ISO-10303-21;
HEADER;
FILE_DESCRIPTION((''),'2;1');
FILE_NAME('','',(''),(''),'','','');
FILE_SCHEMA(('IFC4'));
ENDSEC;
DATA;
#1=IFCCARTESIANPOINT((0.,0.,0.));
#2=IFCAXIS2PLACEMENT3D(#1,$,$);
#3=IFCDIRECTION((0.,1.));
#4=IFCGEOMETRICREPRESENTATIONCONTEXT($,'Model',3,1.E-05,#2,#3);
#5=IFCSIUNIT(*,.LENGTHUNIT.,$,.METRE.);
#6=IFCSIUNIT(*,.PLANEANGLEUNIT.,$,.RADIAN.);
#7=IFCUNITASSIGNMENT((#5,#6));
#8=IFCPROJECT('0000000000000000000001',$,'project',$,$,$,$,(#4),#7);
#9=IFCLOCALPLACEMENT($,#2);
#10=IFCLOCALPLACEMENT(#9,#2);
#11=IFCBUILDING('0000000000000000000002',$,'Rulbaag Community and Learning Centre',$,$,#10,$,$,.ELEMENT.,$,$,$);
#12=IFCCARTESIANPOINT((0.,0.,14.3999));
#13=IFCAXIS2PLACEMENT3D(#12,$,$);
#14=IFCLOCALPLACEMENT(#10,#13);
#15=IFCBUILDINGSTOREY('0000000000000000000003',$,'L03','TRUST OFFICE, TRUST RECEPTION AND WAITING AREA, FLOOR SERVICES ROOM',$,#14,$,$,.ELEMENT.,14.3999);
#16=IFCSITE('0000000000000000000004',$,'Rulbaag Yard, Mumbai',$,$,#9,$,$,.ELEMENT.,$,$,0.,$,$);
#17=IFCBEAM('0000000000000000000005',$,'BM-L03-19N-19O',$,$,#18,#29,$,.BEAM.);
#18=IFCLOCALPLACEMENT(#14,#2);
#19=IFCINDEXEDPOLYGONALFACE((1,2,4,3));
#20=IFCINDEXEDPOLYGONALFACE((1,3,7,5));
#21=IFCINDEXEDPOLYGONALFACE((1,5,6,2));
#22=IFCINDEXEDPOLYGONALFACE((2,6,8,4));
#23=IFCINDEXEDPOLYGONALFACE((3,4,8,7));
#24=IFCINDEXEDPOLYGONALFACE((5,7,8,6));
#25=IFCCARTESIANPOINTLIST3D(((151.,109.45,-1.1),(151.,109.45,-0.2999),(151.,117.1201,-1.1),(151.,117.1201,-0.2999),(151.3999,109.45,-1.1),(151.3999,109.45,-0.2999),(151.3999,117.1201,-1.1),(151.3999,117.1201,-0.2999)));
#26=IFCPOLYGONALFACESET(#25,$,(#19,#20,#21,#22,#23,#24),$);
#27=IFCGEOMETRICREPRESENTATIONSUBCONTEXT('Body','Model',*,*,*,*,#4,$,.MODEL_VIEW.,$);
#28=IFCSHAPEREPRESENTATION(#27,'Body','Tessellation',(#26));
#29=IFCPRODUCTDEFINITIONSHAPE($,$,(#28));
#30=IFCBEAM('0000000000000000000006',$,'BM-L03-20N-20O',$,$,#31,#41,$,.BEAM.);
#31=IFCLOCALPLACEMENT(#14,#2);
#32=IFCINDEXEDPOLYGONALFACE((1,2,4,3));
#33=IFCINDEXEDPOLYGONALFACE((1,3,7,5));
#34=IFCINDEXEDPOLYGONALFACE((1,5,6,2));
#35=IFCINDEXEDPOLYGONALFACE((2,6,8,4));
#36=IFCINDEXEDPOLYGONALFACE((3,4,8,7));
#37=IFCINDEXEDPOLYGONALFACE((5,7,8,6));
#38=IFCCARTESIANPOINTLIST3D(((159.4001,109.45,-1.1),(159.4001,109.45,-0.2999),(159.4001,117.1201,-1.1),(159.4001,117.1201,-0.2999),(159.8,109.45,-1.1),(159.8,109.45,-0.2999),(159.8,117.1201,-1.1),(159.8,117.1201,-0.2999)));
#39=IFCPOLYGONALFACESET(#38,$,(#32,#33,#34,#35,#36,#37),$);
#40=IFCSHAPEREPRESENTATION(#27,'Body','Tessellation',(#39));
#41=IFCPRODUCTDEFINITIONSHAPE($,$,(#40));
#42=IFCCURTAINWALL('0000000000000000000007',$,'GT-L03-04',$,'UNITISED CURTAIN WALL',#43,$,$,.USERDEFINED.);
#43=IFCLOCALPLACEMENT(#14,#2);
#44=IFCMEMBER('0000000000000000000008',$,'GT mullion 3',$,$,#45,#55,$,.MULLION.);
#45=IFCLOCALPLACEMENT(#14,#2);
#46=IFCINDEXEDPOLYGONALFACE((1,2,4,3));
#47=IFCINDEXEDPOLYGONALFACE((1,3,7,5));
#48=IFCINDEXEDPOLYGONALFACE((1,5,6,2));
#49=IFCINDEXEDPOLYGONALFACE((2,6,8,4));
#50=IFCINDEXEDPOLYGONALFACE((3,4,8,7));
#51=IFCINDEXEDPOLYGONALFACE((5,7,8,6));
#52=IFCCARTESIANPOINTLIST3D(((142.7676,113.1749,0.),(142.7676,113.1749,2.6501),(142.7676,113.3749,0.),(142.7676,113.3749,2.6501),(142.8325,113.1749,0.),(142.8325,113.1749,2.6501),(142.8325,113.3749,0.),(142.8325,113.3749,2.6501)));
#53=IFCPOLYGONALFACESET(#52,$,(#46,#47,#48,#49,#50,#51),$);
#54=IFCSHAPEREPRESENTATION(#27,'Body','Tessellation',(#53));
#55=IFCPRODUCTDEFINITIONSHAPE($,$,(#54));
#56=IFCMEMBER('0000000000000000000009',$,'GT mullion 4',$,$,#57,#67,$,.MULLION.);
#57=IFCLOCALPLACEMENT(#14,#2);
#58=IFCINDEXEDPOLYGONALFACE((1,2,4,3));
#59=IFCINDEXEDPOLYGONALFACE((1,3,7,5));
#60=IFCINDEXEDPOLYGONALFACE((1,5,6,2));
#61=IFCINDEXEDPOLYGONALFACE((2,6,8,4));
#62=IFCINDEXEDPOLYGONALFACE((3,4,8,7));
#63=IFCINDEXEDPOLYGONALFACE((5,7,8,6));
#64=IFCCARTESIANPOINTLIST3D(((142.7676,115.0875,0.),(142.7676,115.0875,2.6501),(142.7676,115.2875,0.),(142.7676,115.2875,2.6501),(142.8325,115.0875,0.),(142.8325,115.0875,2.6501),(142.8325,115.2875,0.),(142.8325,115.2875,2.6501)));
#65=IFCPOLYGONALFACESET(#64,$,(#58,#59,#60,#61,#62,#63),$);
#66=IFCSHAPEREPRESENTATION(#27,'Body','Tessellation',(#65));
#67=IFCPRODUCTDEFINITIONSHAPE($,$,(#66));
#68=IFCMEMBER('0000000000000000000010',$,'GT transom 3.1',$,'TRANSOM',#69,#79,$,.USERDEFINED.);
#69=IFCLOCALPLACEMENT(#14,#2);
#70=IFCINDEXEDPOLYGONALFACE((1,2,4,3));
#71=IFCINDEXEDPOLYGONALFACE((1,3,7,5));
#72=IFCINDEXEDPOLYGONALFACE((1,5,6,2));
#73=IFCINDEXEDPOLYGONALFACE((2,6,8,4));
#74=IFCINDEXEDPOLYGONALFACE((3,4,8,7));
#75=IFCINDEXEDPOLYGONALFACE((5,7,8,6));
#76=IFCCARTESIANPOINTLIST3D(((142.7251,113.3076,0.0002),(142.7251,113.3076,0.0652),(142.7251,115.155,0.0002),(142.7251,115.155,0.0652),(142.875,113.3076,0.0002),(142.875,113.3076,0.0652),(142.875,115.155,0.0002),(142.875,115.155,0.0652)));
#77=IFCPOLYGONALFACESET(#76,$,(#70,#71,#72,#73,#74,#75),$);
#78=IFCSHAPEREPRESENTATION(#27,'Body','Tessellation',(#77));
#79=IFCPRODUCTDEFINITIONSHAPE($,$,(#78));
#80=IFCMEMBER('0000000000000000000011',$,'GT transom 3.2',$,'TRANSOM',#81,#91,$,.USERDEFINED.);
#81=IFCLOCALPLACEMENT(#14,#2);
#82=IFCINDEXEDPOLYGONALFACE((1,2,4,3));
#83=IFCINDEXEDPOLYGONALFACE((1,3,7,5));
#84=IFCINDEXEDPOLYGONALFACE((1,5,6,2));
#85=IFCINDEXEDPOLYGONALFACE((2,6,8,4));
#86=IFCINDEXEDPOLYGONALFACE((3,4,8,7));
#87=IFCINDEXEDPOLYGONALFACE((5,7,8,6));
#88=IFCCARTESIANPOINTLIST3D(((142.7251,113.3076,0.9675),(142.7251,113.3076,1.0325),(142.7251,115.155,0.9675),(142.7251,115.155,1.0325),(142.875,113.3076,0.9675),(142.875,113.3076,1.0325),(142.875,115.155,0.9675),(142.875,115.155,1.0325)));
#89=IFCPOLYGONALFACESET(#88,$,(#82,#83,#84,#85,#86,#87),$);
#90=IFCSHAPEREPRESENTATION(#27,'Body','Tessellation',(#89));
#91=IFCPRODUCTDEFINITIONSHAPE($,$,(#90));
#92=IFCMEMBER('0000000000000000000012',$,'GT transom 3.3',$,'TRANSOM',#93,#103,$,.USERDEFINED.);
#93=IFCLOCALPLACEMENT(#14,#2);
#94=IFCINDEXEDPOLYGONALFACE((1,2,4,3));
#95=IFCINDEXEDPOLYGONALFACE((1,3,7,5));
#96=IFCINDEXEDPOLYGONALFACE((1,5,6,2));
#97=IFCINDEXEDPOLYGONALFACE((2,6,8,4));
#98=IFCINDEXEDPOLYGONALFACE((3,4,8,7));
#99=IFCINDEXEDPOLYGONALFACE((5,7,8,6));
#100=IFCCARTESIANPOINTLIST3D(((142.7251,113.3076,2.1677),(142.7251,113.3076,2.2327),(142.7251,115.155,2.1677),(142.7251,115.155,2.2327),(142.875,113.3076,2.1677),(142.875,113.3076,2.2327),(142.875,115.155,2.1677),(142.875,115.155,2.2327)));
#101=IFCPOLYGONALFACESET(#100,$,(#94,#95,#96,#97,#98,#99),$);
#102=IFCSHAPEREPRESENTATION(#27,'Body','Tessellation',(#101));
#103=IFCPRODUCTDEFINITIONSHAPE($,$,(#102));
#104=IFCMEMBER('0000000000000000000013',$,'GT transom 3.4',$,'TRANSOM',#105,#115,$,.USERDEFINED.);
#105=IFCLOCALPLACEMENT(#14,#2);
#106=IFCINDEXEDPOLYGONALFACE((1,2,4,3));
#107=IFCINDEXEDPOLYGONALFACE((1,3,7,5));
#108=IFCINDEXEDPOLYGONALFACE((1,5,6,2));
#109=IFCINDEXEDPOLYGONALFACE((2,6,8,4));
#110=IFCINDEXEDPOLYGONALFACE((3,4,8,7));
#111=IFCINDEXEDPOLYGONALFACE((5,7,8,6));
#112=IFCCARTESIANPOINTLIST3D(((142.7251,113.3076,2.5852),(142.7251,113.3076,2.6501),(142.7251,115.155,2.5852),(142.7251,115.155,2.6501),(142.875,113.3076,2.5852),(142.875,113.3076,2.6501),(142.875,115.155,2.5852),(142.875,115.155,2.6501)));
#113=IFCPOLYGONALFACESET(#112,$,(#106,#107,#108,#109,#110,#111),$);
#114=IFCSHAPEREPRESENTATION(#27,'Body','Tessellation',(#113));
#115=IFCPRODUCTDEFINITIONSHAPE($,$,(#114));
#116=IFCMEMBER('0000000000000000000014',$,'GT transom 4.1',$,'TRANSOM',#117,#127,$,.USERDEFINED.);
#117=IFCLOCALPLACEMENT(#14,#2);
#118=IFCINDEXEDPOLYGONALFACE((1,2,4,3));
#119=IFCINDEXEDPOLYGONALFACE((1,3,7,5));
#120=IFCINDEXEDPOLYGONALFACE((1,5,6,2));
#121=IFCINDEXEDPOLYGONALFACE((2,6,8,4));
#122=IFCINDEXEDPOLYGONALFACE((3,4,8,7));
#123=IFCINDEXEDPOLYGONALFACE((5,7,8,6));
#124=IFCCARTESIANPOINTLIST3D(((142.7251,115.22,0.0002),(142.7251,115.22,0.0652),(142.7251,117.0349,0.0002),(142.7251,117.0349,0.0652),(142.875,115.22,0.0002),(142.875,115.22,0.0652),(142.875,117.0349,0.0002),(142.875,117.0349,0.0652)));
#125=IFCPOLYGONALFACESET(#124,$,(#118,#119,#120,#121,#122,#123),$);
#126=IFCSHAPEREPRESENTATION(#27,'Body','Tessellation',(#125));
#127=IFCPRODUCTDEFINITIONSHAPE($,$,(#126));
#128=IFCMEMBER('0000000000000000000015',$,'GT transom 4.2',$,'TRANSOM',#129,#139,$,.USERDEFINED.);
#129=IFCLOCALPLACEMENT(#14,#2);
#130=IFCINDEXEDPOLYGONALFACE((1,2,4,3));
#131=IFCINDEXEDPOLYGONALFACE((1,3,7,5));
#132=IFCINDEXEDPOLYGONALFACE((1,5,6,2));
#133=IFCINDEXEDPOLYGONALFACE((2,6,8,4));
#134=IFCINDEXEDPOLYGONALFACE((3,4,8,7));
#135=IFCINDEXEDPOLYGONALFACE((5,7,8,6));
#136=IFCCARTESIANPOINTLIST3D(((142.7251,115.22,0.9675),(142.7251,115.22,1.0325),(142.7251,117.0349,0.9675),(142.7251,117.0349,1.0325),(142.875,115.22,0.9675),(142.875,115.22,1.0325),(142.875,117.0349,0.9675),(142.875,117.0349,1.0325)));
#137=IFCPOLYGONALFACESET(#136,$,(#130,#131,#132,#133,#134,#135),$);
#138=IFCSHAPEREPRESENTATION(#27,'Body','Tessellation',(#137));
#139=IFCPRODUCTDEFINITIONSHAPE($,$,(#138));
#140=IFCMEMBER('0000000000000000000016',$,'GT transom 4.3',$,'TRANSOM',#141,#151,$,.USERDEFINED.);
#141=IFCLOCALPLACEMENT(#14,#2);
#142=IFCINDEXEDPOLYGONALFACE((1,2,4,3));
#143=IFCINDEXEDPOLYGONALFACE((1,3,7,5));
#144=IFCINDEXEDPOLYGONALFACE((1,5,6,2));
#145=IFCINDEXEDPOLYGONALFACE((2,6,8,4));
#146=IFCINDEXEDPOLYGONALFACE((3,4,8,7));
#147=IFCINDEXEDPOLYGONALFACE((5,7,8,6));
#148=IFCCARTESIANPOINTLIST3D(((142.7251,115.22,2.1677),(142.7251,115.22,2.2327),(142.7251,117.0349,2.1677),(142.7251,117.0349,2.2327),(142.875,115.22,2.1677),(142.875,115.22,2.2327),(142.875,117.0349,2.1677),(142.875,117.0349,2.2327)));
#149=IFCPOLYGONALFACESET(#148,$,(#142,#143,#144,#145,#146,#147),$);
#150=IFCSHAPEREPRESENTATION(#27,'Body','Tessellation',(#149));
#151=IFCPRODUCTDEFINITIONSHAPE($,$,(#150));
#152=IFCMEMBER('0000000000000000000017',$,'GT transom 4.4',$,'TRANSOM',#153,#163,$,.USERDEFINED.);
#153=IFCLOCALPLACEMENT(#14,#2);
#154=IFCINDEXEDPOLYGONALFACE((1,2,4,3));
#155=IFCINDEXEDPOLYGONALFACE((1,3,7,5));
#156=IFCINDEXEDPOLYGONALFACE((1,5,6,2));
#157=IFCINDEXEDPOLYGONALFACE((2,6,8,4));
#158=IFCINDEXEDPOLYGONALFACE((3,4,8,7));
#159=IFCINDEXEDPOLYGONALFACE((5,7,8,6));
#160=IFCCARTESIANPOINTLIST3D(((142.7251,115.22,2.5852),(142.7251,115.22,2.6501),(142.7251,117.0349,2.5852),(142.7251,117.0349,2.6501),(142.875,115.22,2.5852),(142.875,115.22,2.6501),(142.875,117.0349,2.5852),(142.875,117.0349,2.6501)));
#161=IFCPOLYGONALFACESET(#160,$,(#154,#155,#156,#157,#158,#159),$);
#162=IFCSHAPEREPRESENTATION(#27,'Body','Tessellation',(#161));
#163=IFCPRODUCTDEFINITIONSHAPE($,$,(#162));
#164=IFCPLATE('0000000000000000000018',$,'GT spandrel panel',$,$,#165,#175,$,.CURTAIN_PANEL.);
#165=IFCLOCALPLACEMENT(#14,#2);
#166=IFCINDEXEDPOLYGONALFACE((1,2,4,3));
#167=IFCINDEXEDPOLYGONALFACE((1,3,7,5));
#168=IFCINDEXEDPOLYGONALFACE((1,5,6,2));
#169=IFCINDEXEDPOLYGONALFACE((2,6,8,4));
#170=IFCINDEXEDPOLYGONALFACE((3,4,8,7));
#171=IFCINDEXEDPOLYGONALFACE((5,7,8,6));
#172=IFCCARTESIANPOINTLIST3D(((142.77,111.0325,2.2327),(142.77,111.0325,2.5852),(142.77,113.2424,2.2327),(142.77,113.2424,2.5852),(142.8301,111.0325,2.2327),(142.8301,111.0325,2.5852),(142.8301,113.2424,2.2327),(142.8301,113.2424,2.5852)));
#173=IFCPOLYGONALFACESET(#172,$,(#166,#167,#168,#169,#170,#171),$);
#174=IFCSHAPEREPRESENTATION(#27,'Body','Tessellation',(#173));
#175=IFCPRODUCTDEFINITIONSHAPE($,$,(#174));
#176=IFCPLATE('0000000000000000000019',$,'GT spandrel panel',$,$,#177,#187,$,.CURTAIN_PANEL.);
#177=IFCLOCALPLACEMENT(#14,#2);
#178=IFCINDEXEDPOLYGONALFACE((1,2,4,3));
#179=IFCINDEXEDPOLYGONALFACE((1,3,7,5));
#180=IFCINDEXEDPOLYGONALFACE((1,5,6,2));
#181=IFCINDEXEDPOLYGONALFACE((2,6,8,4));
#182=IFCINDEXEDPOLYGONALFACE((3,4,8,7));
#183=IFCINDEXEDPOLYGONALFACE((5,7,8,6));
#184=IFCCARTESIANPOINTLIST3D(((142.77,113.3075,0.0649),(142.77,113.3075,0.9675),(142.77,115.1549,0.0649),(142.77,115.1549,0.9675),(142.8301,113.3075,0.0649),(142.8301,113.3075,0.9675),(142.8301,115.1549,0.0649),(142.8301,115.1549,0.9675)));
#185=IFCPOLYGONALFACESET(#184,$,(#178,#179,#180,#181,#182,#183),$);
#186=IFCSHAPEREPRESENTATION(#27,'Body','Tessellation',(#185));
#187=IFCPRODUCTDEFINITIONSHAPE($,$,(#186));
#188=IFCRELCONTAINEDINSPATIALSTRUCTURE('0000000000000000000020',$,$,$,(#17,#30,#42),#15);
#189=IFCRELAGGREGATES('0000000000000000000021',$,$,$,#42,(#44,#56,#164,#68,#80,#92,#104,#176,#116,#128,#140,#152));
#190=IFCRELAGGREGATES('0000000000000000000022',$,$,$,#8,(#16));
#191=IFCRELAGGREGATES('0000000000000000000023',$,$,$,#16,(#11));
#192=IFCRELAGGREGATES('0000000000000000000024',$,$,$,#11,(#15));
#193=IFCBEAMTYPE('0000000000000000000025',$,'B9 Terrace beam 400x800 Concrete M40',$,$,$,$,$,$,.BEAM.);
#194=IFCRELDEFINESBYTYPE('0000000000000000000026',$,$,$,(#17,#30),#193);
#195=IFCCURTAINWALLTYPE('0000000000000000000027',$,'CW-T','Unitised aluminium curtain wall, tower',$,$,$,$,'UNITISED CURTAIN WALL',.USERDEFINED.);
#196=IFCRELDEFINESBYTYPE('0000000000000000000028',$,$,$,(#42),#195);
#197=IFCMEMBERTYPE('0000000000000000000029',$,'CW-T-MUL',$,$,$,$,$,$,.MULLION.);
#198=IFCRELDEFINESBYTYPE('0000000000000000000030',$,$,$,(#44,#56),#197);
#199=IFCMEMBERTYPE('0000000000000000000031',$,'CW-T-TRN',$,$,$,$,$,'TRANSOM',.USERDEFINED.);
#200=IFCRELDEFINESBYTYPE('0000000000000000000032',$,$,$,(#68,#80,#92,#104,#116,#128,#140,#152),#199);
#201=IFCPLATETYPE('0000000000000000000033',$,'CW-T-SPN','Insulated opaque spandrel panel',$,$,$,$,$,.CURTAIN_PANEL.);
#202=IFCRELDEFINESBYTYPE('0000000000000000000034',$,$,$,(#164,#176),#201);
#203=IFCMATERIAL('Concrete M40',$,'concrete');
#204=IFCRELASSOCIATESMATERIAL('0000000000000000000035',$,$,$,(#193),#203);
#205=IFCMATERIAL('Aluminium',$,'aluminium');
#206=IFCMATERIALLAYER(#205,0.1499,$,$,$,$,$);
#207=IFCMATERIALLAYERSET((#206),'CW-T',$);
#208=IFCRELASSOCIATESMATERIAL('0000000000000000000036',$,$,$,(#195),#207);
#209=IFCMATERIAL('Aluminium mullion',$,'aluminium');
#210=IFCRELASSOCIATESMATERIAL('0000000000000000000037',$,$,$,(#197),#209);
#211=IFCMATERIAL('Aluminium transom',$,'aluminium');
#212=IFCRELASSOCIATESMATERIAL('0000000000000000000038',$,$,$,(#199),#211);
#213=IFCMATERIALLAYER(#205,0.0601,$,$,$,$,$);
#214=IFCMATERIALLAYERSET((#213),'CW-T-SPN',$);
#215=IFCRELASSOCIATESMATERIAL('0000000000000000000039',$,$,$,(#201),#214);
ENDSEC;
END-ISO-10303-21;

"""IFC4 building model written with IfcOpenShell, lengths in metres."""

from ifc_helpers import new_model, si_unit, direction, frame, origin, origin_2d, place, context, subcontext, project, spatial, rectangle, extrude, material, layer, layer_set, material_profile, profile_set, type_object, element, aggregate, save


model = new_model("IFC4")

# Units and contexts
model_context = context("Model", 3, precision=1e-05, world=origin(), true_north=direction((0.0, 1.0)))
body_context = subcontext(model_context, "Body", "Model", "MODEL_VIEW")
ifc_project = project(units=[si_unit("LENGTHUNIT", "METRE"), si_unit("PLANEANGLEUNIT", "RADIAN")], contexts=[model_context])

# Site, building, storey
site_placement = place(None, origin())
site = spatial("IfcSite", under=ifc_project, at=site_placement, Name="Rulbaag Yard, Mumbai", CompositionType="ELEMENT", RefElevation=0.0)
building_placement = place(site_placement, origin())
building = spatial("IfcBuilding", under=site, at=building_placement, Name="Rulbaag Community and Learning Centre", CompositionType="ELEMENT")
storey_placement = place(building_placement, frame((0.0, 0.0, 14.3999)))
storey = spatial("IfcBuildingStorey", under=building, at=storey_placement, Name="L03", Description="TRUST OFFICE, TRUST RECEPTION AND WAITING AREA, FLOOR SERVICES ROOM", CompositionType="ELEMENT", Elevation=14.3999)

# Beams
ifc_material_1 = material(Name="Concrete M40", Category="concrete")
ifc_material_profile_1 = material_profile(ifc_material_1, rectangle(XDim=0.3999, YDim=0.8, at=origin_2d()), Name="RB400x800")
ifc_profile_set_1 = profile_set([ifc_material_profile_1], Name="Concrete M40")
beam_type = type_object("IfcBeamType", Name="B9 Terrace beam 400x800 Concrete M40", PredefinedType="BEAM", material=ifc_profile_set_1)
for number, where, z_axis, x_axis, name in (
    (1, (151.2, 109.45, -0.7), (0.0, 1.0, 0.0), (-1.0, 0.0, 0.0), "BM-L03-19N-19O"),
    (2, (159.6001, 109.45, -0.7), (0.0, 1.0, 0.0), (-1.0, 0.0, 0.0), "BM-L03-20N-20O"),
):
    element("IfcBeam", number, at=place(storey_placement, frame(where, z_axis=z_axis, x_axis=x_axis)), inside=storey, type_object=beam_type, Name=name, PredefinedType="BEAM", context=body_context, shape_type="SweptSolid", body=[
        extrude(rectangle(XDim=0.3999, YDim=0.8, at=origin_2d()), origin(), (0.0, 0.0, 1.0), 7.6702),
    ])

# Curtain wall, members, plates
ifc_material_2 = material(Name="Aluminium", Category="aluminium")
ifc_layer_1 = layer(ifc_material_2, 0.1499)
ifc_layer_set_1 = layer_set([ifc_layer_1], Name="CW-T")
curtain_wall_type = type_object("IfcCurtainWallType", Name="CW-T", Description="Unitised aluminium curtain wall, tower", ElementType="UNITISED CURTAIN WALL", PredefinedType="USERDEFINED", material=ifc_layer_set_1)
curtain_wall_placement = place(storey_placement, origin())
curtain_wall = element("IfcCurtainWall", 3, at=curtain_wall_placement, inside=storey, type_object=curtain_wall_type, Name="GT-L03-04", ObjectType="UNITISED CURTAIN WALL", PredefinedType="USERDEFINED")
ifc_material_3 = material(Name="Aluminium mullion", Category="aluminium")
ifc_material_profile_2 = material_profile(ifc_material_3, rectangle(XDim=0.0649, YDim=0.2, at=origin_2d()), Name="AL 65x200")
ifc_profile_set_2 = profile_set([ifc_material_profile_2], Name="Aluminium mullion")
member_type_1 = type_object("IfcMemberType", Name="CW-T-MUL", PredefinedType="MULLION", material=ifc_profile_set_2)
member_1_placement = place(storey_placement, frame((142.8, 113.2749, 0.0), z_axis=(0.0, 0.0, 1.0), x_axis=(-1.0, 0.0, 0.0)))
member_1 = element("IfcMember", 4, at=member_1_placement, type_object=member_type_1, Name="GT mullion 3", PredefinedType="MULLION", context=body_context, shape_type="SweptSolid", body=[
    extrude(rectangle(XDim=0.0649, YDim=0.2, at=origin_2d()), origin(), (0.0, 0.0, 1.0), 2.6501),
])
member_2_placement = place(storey_placement, frame((142.8, 115.1875, 0.0), z_axis=(0.0, 0.0, 1.0), x_axis=(-1.0, 0.0, 0.0)))
member_2 = element("IfcMember", 5, at=member_2_placement, type_object=member_type_1, Name="GT mullion 4", PredefinedType="MULLION", context=body_context, shape_type="SweptSolid", body=[
    extrude(rectangle(XDim=0.0649, YDim=0.2, at=origin_2d()), origin(), (0.0, 0.0, 1.0), 2.6501),
])
ifc_material_4 = material(Name="Aluminium transom", Category="aluminium")
ifc_material_profile_3 = material_profile(ifc_material_4, rectangle(XDim=0.1499, YDim=0.0649, at=origin_2d()), Name="AL 65x150 T")
ifc_profile_set_3 = profile_set([ifc_material_profile_3], Name="Aluminium transom")
member_type_2 = type_object("IfcMemberType", Name="CW-T-TRN", ElementType="TRANSOM", PredefinedType="USERDEFINED", material=ifc_profile_set_3)
member_3_placement = place(storey_placement, frame((142.8, 113.3076, 0.0327), z_axis=(0.0, 1.0, 0.0), x_axis=(-1.0, 0.0, 0.0)))
member_3 = element("IfcMember", 6, at=member_3_placement, type_object=member_type_2, Name="GT transom 3.1", ObjectType="TRANSOM", PredefinedType="USERDEFINED", context=body_context, shape_type="SweptSolid", body=[
    extrude(rectangle(XDim=0.1499, YDim=0.0649, at=origin_2d()), origin(), (0.0, 0.0, 1.0), 1.8474),
])
member_4_placement = place(storey_placement, frame((142.8, 113.3076, 1.0), z_axis=(0.0, 1.0, 0.0), x_axis=(-1.0, 0.0, 0.0)))
member_4 = element("IfcMember", 7, at=member_4_placement, type_object=member_type_2, Name="GT transom 3.2", ObjectType="TRANSOM", PredefinedType="USERDEFINED", context=body_context, shape_type="SweptSolid", body=[
    extrude(rectangle(XDim=0.1499, YDim=0.0649, at=origin_2d()), origin(), (0.0, 0.0, 1.0), 1.8474),
])
member_5_placement = place(storey_placement, frame((142.8, 113.3076, 2.2002), z_axis=(0.0, 1.0, 0.0), x_axis=(-1.0, 0.0, 0.0)))
member_5 = element("IfcMember", 8, at=member_5_placement, type_object=member_type_2, Name="GT transom 3.3", ObjectType="TRANSOM", PredefinedType="USERDEFINED", context=body_context, shape_type="SweptSolid", body=[
    extrude(rectangle(XDim=0.1499, YDim=0.0649, at=origin_2d()), origin(), (0.0, 0.0, 1.0), 1.8474),
])
member_6_placement = place(storey_placement, frame((142.8, 113.3076, 2.6177), z_axis=(0.0, 1.0, 0.0), x_axis=(-1.0, 0.0, 0.0)))
member_6 = element("IfcMember", 9, at=member_6_placement, type_object=member_type_2, Name="GT transom 3.4", ObjectType="TRANSOM", PredefinedType="USERDEFINED", context=body_context, shape_type="SweptSolid", body=[
    extrude(rectangle(XDim=0.1499, YDim=0.0649, at=origin_2d()), origin(), (0.0, 0.0, 1.0), 1.8474),
])
member_7_placement = place(storey_placement, frame((142.8, 115.22, 0.0327), z_axis=(0.0, 1.0, 0.0), x_axis=(-1.0, 0.0, 0.0)))
member_7 = element("IfcMember", 10, at=member_7_placement, type_object=member_type_2, Name="GT transom 4.1", ObjectType="TRANSOM", PredefinedType="USERDEFINED", context=body_context, shape_type="SweptSolid", body=[
    extrude(rectangle(XDim=0.1499, YDim=0.0649, at=origin_2d()), origin(), (0.0, 0.0, 1.0), 1.8149),
])
member_8_placement = place(storey_placement, frame((142.8, 115.22, 1.0), z_axis=(0.0, 1.0, 0.0), x_axis=(-1.0, 0.0, 0.0)))
member_8 = element("IfcMember", 11, at=member_8_placement, type_object=member_type_2, Name="GT transom 4.2", ObjectType="TRANSOM", PredefinedType="USERDEFINED", context=body_context, shape_type="SweptSolid", body=[
    extrude(rectangle(XDim=0.1499, YDim=0.0649, at=origin_2d()), origin(), (0.0, 0.0, 1.0), 1.8149),
])
member_9_placement = place(storey_placement, frame((142.8, 115.22, 2.2002), z_axis=(0.0, 1.0, 0.0), x_axis=(-1.0, 0.0, 0.0)))
member_9 = element("IfcMember", 12, at=member_9_placement, type_object=member_type_2, Name="GT transom 4.3", ObjectType="TRANSOM", PredefinedType="USERDEFINED", context=body_context, shape_type="SweptSolid", body=[
    extrude(rectangle(XDim=0.1499, YDim=0.0649, at=origin_2d()), origin(), (0.0, 0.0, 1.0), 1.8149),
])
member_10_placement = place(storey_placement, frame((142.8, 115.22, 2.6177), z_axis=(0.0, 1.0, 0.0), x_axis=(-1.0, 0.0, 0.0)))
member_10 = element("IfcMember", 13, at=member_10_placement, type_object=member_type_2, Name="GT transom 4.4", ObjectType="TRANSOM", PredefinedType="USERDEFINED", context=body_context, shape_type="SweptSolid", body=[
    extrude(rectangle(XDim=0.1499, YDim=0.0649, at=origin_2d()), origin(), (0.0, 0.0, 1.0), 1.8149),
])
ifc_layer_2 = layer(ifc_material_2, 0.0601)
ifc_layer_set_2 = layer_set([ifc_layer_2], Name="CW-T-SPN")
plate_type_1 = type_object("IfcPlateType", Name="CW-T-SPN", Description="Insulated opaque spandrel panel", PredefinedType="CURTAIN_PANEL", material=ifc_layer_set_2)
plate_1_placement = place(storey_placement, frame((142.8, 112.1375, 2.2327), z_axis=(0.0, 0.0, 1.0), x_axis=(0.0, 1.0, 0.0)))
plate_1 = element("IfcPlate", 14, at=plate_1_placement, type_object=plate_type_1, Name="GT spandrel panel", PredefinedType="CURTAIN_PANEL", context=body_context, shape_type="SweptSolid", body=[
    extrude(rectangle(XDim=2.21, YDim=0.0601, at=origin_2d()), origin(), (0.0, 0.0, 1.0), 0.3525),
])
plate_2_placement = place(storey_placement, frame((142.8, 114.2312, 0.0649), z_axis=(0.0, 0.0, 1.0), x_axis=(0.0, 1.0, 0.0)))
plate_2 = element("IfcPlate", 15, at=plate_2_placement, type_object=plate_type_1, Name="GT spandrel panel", PredefinedType="CURTAIN_PANEL", context=body_context, shape_type="SweptSolid", body=[
    extrude(rectangle(XDim=1.8474, YDim=0.0601, at=origin_2d()), origin(), (0.0, 0.0, 1.0), 0.9026),
])
aggregate(curtain_wall, [member_1, member_2, plate_1, member_3, member_4, member_5, member_6, plate_2, member_7, member_8, member_9, member_10])

save(model, "model.ifc")
